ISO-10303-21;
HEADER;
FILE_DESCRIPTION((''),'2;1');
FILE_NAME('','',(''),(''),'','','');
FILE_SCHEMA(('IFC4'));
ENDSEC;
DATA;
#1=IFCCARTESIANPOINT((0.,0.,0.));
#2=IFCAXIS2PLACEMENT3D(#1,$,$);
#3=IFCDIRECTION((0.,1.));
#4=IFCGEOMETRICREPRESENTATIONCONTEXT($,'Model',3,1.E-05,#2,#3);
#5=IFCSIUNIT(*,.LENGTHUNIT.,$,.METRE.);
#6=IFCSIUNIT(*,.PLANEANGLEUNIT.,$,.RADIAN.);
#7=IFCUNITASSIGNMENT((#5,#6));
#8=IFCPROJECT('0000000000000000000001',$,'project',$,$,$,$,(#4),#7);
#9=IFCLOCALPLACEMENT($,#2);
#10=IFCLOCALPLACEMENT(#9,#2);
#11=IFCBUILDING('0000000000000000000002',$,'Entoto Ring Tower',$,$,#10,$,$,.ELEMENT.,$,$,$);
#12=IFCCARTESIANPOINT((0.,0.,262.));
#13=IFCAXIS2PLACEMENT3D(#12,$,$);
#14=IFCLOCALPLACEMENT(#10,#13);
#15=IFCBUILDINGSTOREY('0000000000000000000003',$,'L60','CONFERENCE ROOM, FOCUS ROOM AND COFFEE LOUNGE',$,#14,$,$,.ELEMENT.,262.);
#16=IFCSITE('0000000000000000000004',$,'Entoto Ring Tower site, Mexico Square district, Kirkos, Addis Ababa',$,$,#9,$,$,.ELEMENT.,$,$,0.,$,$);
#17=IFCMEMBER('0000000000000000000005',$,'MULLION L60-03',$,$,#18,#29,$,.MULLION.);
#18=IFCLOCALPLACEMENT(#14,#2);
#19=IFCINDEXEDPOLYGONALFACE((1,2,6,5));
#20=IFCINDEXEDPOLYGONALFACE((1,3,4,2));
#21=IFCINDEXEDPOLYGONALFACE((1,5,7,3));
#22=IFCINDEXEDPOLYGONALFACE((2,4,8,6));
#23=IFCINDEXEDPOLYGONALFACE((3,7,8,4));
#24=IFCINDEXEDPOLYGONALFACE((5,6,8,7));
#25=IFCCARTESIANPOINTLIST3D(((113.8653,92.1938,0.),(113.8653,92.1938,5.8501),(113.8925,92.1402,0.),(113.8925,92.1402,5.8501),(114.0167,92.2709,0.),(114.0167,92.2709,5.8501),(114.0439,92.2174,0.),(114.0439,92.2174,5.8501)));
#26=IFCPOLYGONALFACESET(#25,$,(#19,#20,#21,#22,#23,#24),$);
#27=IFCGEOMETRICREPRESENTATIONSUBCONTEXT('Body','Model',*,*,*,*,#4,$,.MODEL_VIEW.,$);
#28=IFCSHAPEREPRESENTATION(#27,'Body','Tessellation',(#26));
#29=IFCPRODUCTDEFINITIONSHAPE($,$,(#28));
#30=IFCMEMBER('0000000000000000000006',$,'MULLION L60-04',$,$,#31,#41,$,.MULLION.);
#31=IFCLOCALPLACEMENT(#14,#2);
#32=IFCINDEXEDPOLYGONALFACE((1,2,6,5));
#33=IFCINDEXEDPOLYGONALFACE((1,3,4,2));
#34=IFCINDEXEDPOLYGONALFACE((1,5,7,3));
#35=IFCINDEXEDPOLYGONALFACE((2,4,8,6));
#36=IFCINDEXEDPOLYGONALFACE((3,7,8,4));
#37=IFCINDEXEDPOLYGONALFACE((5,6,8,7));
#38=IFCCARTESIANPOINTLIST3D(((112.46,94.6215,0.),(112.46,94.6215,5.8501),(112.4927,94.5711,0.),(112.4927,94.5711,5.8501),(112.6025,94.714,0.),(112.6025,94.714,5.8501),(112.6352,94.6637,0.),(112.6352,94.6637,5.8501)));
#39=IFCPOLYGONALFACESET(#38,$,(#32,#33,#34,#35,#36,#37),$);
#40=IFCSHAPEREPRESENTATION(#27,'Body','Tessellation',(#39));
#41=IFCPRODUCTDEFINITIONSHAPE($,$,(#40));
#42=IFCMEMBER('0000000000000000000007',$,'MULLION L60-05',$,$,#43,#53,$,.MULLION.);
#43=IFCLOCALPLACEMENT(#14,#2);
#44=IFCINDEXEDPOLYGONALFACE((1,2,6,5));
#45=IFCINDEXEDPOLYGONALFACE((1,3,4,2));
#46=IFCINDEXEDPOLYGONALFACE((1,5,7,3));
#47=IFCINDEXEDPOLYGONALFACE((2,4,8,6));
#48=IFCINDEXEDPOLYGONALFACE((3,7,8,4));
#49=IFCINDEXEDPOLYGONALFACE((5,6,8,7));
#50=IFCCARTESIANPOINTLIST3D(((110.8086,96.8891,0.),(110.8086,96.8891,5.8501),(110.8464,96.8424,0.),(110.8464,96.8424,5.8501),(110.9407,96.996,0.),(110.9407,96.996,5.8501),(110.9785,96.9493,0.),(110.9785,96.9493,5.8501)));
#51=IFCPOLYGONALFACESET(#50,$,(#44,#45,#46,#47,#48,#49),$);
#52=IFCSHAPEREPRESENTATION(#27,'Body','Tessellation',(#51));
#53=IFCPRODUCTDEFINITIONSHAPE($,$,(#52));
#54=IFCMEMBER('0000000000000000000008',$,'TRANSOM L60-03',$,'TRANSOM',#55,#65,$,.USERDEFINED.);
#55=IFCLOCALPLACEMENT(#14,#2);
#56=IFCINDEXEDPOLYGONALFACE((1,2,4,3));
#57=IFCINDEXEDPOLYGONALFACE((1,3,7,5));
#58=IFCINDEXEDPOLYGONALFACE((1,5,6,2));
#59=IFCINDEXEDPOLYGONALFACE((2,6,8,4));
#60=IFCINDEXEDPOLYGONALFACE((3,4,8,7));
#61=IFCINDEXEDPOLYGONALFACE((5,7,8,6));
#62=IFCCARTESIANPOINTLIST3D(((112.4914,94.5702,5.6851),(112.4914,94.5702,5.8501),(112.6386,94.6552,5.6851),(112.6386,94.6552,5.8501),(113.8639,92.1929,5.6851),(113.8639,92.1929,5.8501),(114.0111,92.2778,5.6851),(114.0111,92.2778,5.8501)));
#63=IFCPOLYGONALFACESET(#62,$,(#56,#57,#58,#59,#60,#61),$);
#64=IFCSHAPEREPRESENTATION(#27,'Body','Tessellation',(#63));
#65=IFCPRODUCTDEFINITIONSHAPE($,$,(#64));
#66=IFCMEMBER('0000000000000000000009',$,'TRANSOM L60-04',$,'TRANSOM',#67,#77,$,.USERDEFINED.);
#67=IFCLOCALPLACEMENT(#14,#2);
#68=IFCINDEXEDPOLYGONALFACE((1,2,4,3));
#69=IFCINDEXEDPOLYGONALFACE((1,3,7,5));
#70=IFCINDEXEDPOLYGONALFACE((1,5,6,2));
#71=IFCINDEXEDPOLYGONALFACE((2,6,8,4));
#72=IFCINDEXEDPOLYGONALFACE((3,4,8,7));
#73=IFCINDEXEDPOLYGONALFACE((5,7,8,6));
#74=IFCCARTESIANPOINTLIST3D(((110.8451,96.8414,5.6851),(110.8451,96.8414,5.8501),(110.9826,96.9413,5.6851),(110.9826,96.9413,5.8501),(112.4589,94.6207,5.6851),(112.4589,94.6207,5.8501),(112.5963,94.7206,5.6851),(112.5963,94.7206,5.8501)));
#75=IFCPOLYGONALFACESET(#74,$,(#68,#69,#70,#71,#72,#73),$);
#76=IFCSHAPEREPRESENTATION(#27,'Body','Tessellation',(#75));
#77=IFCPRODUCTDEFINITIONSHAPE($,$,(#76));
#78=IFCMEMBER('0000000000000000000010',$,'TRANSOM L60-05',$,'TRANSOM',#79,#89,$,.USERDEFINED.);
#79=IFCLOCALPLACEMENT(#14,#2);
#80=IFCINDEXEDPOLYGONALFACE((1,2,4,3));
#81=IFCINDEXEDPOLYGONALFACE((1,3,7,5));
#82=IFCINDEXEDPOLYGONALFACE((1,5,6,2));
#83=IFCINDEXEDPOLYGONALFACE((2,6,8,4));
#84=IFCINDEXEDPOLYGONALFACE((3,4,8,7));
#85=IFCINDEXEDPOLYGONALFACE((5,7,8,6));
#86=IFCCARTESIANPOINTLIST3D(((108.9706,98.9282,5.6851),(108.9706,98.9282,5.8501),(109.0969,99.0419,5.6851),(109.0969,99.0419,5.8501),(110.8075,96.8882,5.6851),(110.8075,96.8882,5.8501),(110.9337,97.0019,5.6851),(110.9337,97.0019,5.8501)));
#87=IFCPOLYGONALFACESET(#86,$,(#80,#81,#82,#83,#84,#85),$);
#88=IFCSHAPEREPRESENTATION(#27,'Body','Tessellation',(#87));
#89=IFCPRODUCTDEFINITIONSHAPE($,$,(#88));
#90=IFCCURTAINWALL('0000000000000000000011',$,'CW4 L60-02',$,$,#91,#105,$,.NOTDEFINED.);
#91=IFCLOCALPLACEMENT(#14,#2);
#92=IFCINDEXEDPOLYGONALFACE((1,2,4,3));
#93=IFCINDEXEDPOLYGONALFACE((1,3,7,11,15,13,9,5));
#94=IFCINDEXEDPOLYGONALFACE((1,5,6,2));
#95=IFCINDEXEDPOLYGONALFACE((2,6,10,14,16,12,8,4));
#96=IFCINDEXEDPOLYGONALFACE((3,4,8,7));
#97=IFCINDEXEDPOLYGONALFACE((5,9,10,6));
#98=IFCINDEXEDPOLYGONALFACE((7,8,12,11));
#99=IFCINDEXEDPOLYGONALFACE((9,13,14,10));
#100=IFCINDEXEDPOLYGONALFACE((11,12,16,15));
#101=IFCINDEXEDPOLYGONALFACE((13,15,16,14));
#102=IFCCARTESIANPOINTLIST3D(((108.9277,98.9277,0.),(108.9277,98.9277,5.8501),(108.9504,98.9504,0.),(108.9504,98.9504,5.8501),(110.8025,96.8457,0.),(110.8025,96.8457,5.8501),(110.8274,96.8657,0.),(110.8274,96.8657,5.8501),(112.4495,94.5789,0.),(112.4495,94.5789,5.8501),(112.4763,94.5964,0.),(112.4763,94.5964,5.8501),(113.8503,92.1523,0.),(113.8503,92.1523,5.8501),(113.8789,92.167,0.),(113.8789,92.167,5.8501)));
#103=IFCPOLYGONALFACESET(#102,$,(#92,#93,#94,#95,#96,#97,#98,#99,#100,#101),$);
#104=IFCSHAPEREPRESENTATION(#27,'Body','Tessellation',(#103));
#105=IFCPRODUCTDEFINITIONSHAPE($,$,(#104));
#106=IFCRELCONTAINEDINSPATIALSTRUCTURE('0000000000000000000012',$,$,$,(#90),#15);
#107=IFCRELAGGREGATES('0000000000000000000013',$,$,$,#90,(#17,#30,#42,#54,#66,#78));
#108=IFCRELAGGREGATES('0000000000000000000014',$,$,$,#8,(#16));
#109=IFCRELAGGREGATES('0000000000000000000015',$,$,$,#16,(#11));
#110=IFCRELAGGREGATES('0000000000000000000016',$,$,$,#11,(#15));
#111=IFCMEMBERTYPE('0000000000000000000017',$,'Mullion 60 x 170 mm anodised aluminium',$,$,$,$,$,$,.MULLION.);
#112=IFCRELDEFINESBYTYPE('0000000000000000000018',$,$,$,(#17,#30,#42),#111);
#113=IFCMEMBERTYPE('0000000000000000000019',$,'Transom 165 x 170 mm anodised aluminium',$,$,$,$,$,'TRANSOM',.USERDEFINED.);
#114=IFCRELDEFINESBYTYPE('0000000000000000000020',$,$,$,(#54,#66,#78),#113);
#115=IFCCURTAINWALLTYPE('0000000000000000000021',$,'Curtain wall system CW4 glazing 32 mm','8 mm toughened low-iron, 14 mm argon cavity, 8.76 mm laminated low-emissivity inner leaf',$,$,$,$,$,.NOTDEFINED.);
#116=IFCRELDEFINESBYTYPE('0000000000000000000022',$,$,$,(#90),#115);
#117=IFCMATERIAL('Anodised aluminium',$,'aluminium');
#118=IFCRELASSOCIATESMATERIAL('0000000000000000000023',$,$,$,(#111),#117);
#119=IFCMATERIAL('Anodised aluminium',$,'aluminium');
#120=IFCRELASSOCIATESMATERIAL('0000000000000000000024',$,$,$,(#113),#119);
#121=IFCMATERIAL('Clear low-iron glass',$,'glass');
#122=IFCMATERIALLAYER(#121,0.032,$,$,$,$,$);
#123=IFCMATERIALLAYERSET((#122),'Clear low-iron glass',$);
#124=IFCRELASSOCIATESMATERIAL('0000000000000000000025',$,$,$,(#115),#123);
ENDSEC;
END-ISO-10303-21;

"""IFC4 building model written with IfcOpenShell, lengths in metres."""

from ifc_helpers import new_model, si_unit, direction, frame, origin, origin_2d, place, context, subcontext, project, spatial, polyline, rectangle, outline, extrude, material, layer, layer_set, material_profile, profile_set, type_object, element, aggregate, save


model = new_model("IFC4")

# Units and contexts
model_context = context("Model", 3, precision=1e-05, world=origin(), true_north=direction((0.0, 1.0)))
body_context = subcontext(model_context, "Body", "Model", "MODEL_VIEW")
ifc_project = project(units=[si_unit("LENGTHUNIT", "METRE"), si_unit("PLANEANGLEUNIT", "RADIAN")], contexts=[model_context])

# Members
ifc_material_1 = material(Name="Anodised aluminium", Category="aluminium")
ifc_material_profile_1 = material_profile(ifc_material_1, rectangle(XDim=0.0601, YDim=0.1699, at=origin_2d()), Name="Mullion 60 x 170 mm anodised aluminium")
ifc_profile_set_1 = profile_set([ifc_material_profile_1], Name="Anodised aluminium")
member_type_1 = type_object("IfcMemberType", Name="Mullion 60 x 170 mm anodised aluminium", PredefinedType="MULLION", material=ifc_profile_set_1)
site_placement = place(None, origin())
building_placement = place(site_placement, origin())
storey_placement = place(building_placement, frame((0.0, 0.0, 262.0)))
member_1_placement = place(storey_placement, frame((113.9546, 92.2056, 0.0), z_axis=(0.0, 0.0, 1.0), x_axis=(-0.45399, 0.891007, 0.0)))
member_1 = element("IfcMember", 1, at=member_1_placement, type_object=member_type_1, Name="MULLION L60-03", PredefinedType="MULLION", context=body_context, shape_type="SweptSolid", body=[
    extrude(rectangle(XDim=0.0601, YDim=0.1699, at=origin_2d()), origin(), (0.0, 0.0, 1.0), 5.8501),
])
member_2_placement = place(storey_placement, frame((112.5476, 94.6426, 0.0), z_axis=(0.0, 0.0, 1.0), x_axis=(-0.544639, 0.838671, 0.0)))
member_2 = element("IfcMember", 2, at=member_2_placement, type_object=member_type_1, Name="MULLION L60-04", PredefinedType="MULLION", context=body_context, shape_type="SweptSolid", body=[
    extrude(rectangle(XDim=0.0601, YDim=0.1699, at=origin_2d()), origin(), (0.0, 0.0, 1.0), 5.8501),
])
member_3_placement = place(storey_placement, frame((110.8936, 96.9192, 0.0), z_axis=(0.0, 0.0, 1.0), x_axis=(-0.62932, 0.777146, 0.0)))
member_3 = element("IfcMember", 3, at=member_3_placement, type_object=member_type_1, Name="MULLION L60-05", PredefinedType="MULLION", context=body_context, shape_type="SweptSolid", body=[
    extrude(rectangle(XDim=0.0601, YDim=0.1699, at=origin_2d()), origin(), (0.0, 0.0, 1.0), 5.8501),
])
ifc_material_2 = material(Name="Anodised aluminium", Category="aluminium")
ifc_material_profile_2 = material_profile(ifc_material_2, rectangle(XDim=0.1699, YDim=0.165, at=origin_2d()), Name="Transom 165 x 170 mm anodised aluminium")
ifc_profile_set_2 = profile_set([ifc_material_profile_2], Name="Anodised aluminium")
member_type_2 = type_object("IfcMemberType", Name="Transom 165 x 170 mm anodised aluminium", ElementType="TRANSOM", PredefinedType="USERDEFINED", material=ifc_profile_set_2)
member_4_placement = place(storey_placement, frame((113.9375, 92.2354, 5.7676), z_axis=(-0.499984, 0.866035, 0.0), x_axis=(-0.866035, -0.499984, 0.0)))
member_4 = element("IfcMember", 4, at=member_4_placement, type_object=member_type_2, Name="TRANSOM L60-03", ObjectType="TRANSOM", PredefinedType="USERDEFINED", context=body_context, shape_type="SweptSolid", body=[
    extrude(rectangle(XDim=0.1699, YDim=0.165, at=origin_2d()), origin(), (0.0, 0.0, 1.0), 2.7451),
])
member_5_placement = place(storey_placement, frame((112.5276, 94.6707, 5.7676), z_axis=(-0.587865, 0.808959, 0.0), x_axis=(-0.808959, -0.587865, 0.0)))
member_5 = element("IfcMember", 5, at=member_5_placement, type_object=member_type_2, Name="TRANSOM L60-04", ObjectType="TRANSOM", PredefinedType="USERDEFINED", context=body_context, shape_type="SweptSolid", body=[
    extrude(rectangle(XDim=0.1699, YDim=0.165, at=origin_2d()), origin(), (0.0, 0.0, 1.0), 2.7451),
])
member_6_placement = place(storey_placement, frame((110.8706, 96.9451, 5.7676), z_axis=(-0.669142, 0.743135, 0.0), x_axis=(-0.743135, -0.669142, 0.0)))
member_6 = element("IfcMember", 6, at=member_6_placement, type_object=member_type_2, Name="TRANSOM L60-05", ObjectType="TRANSOM", PredefinedType="USERDEFINED", context=body_context, shape_type="SweptSolid", body=[
    extrude(rectangle(XDim=0.1699, YDim=0.165, at=origin_2d()), origin(), (0.0, 0.0, 1.0), 2.7451),
])

# Site, building, storey
site = spatial("IfcSite", under=ifc_project, at=site_placement, Name="Entoto Ring Tower site, Mexico Square district, Kirkos, Addis Ababa", CompositionType="ELEMENT", RefElevation=0.0)
building = spatial("IfcBuilding", under=site, at=building_placement, Name="Entoto Ring Tower", CompositionType="ELEMENT")
storey = spatial("IfcBuildingStorey", under=building, at=storey_placement, Name="L60", Description="CONFERENCE ROOM, FOCUS ROOM AND COFFEE LOUNGE", CompositionType="ELEMENT", Elevation=262.0)

# Curtain wall
ifc_material_3 = material(Name="Clear low-iron glass", Category="glass")
ifc_layer_1 = layer(ifc_material_3, 0.032)
ifc_layer_set_1 = layer_set([ifc_layer_1], Name="Clear low-iron glass")
curtain_wall_type = type_object("IfcCurtainWallType", Name="Curtain wall system CW4 glazing 32 mm", Description="8 mm toughened low-iron, 14 mm argon cavity, 8.76 mm laminated low-emissivity inner leaf", PredefinedType="NOTDEFINED", material=ifc_layer_set_1)
curtain_wall_1_placement = place(storey_placement, origin())
curtain_wall_1 = element("IfcCurtainWall", 7, at=curtain_wall_1_placement, inside=storey, type_object=curtain_wall_type, Name="CW4 L60-02", PredefinedType="NOTDEFINED", context=body_context, shape_type="SweptSolid", body=[
    extrude(outline(polyline([(113.8789, 92.167), (112.4763, 94.5964), (110.8274, 96.8657), (108.9504, 98.9504), (108.9277, 98.9277), (110.8025, 96.8457), (112.4495, 94.5789), (113.8503, 92.1523), (113.8789, 92.167)])), origin(), (0.0, 0.0, 1.0), 5.8501),
])
aggregate(curtain_wall_1, [member_1, member_2, member_3, member_4, member_5, member_6])

save(model, "model.ifc")
